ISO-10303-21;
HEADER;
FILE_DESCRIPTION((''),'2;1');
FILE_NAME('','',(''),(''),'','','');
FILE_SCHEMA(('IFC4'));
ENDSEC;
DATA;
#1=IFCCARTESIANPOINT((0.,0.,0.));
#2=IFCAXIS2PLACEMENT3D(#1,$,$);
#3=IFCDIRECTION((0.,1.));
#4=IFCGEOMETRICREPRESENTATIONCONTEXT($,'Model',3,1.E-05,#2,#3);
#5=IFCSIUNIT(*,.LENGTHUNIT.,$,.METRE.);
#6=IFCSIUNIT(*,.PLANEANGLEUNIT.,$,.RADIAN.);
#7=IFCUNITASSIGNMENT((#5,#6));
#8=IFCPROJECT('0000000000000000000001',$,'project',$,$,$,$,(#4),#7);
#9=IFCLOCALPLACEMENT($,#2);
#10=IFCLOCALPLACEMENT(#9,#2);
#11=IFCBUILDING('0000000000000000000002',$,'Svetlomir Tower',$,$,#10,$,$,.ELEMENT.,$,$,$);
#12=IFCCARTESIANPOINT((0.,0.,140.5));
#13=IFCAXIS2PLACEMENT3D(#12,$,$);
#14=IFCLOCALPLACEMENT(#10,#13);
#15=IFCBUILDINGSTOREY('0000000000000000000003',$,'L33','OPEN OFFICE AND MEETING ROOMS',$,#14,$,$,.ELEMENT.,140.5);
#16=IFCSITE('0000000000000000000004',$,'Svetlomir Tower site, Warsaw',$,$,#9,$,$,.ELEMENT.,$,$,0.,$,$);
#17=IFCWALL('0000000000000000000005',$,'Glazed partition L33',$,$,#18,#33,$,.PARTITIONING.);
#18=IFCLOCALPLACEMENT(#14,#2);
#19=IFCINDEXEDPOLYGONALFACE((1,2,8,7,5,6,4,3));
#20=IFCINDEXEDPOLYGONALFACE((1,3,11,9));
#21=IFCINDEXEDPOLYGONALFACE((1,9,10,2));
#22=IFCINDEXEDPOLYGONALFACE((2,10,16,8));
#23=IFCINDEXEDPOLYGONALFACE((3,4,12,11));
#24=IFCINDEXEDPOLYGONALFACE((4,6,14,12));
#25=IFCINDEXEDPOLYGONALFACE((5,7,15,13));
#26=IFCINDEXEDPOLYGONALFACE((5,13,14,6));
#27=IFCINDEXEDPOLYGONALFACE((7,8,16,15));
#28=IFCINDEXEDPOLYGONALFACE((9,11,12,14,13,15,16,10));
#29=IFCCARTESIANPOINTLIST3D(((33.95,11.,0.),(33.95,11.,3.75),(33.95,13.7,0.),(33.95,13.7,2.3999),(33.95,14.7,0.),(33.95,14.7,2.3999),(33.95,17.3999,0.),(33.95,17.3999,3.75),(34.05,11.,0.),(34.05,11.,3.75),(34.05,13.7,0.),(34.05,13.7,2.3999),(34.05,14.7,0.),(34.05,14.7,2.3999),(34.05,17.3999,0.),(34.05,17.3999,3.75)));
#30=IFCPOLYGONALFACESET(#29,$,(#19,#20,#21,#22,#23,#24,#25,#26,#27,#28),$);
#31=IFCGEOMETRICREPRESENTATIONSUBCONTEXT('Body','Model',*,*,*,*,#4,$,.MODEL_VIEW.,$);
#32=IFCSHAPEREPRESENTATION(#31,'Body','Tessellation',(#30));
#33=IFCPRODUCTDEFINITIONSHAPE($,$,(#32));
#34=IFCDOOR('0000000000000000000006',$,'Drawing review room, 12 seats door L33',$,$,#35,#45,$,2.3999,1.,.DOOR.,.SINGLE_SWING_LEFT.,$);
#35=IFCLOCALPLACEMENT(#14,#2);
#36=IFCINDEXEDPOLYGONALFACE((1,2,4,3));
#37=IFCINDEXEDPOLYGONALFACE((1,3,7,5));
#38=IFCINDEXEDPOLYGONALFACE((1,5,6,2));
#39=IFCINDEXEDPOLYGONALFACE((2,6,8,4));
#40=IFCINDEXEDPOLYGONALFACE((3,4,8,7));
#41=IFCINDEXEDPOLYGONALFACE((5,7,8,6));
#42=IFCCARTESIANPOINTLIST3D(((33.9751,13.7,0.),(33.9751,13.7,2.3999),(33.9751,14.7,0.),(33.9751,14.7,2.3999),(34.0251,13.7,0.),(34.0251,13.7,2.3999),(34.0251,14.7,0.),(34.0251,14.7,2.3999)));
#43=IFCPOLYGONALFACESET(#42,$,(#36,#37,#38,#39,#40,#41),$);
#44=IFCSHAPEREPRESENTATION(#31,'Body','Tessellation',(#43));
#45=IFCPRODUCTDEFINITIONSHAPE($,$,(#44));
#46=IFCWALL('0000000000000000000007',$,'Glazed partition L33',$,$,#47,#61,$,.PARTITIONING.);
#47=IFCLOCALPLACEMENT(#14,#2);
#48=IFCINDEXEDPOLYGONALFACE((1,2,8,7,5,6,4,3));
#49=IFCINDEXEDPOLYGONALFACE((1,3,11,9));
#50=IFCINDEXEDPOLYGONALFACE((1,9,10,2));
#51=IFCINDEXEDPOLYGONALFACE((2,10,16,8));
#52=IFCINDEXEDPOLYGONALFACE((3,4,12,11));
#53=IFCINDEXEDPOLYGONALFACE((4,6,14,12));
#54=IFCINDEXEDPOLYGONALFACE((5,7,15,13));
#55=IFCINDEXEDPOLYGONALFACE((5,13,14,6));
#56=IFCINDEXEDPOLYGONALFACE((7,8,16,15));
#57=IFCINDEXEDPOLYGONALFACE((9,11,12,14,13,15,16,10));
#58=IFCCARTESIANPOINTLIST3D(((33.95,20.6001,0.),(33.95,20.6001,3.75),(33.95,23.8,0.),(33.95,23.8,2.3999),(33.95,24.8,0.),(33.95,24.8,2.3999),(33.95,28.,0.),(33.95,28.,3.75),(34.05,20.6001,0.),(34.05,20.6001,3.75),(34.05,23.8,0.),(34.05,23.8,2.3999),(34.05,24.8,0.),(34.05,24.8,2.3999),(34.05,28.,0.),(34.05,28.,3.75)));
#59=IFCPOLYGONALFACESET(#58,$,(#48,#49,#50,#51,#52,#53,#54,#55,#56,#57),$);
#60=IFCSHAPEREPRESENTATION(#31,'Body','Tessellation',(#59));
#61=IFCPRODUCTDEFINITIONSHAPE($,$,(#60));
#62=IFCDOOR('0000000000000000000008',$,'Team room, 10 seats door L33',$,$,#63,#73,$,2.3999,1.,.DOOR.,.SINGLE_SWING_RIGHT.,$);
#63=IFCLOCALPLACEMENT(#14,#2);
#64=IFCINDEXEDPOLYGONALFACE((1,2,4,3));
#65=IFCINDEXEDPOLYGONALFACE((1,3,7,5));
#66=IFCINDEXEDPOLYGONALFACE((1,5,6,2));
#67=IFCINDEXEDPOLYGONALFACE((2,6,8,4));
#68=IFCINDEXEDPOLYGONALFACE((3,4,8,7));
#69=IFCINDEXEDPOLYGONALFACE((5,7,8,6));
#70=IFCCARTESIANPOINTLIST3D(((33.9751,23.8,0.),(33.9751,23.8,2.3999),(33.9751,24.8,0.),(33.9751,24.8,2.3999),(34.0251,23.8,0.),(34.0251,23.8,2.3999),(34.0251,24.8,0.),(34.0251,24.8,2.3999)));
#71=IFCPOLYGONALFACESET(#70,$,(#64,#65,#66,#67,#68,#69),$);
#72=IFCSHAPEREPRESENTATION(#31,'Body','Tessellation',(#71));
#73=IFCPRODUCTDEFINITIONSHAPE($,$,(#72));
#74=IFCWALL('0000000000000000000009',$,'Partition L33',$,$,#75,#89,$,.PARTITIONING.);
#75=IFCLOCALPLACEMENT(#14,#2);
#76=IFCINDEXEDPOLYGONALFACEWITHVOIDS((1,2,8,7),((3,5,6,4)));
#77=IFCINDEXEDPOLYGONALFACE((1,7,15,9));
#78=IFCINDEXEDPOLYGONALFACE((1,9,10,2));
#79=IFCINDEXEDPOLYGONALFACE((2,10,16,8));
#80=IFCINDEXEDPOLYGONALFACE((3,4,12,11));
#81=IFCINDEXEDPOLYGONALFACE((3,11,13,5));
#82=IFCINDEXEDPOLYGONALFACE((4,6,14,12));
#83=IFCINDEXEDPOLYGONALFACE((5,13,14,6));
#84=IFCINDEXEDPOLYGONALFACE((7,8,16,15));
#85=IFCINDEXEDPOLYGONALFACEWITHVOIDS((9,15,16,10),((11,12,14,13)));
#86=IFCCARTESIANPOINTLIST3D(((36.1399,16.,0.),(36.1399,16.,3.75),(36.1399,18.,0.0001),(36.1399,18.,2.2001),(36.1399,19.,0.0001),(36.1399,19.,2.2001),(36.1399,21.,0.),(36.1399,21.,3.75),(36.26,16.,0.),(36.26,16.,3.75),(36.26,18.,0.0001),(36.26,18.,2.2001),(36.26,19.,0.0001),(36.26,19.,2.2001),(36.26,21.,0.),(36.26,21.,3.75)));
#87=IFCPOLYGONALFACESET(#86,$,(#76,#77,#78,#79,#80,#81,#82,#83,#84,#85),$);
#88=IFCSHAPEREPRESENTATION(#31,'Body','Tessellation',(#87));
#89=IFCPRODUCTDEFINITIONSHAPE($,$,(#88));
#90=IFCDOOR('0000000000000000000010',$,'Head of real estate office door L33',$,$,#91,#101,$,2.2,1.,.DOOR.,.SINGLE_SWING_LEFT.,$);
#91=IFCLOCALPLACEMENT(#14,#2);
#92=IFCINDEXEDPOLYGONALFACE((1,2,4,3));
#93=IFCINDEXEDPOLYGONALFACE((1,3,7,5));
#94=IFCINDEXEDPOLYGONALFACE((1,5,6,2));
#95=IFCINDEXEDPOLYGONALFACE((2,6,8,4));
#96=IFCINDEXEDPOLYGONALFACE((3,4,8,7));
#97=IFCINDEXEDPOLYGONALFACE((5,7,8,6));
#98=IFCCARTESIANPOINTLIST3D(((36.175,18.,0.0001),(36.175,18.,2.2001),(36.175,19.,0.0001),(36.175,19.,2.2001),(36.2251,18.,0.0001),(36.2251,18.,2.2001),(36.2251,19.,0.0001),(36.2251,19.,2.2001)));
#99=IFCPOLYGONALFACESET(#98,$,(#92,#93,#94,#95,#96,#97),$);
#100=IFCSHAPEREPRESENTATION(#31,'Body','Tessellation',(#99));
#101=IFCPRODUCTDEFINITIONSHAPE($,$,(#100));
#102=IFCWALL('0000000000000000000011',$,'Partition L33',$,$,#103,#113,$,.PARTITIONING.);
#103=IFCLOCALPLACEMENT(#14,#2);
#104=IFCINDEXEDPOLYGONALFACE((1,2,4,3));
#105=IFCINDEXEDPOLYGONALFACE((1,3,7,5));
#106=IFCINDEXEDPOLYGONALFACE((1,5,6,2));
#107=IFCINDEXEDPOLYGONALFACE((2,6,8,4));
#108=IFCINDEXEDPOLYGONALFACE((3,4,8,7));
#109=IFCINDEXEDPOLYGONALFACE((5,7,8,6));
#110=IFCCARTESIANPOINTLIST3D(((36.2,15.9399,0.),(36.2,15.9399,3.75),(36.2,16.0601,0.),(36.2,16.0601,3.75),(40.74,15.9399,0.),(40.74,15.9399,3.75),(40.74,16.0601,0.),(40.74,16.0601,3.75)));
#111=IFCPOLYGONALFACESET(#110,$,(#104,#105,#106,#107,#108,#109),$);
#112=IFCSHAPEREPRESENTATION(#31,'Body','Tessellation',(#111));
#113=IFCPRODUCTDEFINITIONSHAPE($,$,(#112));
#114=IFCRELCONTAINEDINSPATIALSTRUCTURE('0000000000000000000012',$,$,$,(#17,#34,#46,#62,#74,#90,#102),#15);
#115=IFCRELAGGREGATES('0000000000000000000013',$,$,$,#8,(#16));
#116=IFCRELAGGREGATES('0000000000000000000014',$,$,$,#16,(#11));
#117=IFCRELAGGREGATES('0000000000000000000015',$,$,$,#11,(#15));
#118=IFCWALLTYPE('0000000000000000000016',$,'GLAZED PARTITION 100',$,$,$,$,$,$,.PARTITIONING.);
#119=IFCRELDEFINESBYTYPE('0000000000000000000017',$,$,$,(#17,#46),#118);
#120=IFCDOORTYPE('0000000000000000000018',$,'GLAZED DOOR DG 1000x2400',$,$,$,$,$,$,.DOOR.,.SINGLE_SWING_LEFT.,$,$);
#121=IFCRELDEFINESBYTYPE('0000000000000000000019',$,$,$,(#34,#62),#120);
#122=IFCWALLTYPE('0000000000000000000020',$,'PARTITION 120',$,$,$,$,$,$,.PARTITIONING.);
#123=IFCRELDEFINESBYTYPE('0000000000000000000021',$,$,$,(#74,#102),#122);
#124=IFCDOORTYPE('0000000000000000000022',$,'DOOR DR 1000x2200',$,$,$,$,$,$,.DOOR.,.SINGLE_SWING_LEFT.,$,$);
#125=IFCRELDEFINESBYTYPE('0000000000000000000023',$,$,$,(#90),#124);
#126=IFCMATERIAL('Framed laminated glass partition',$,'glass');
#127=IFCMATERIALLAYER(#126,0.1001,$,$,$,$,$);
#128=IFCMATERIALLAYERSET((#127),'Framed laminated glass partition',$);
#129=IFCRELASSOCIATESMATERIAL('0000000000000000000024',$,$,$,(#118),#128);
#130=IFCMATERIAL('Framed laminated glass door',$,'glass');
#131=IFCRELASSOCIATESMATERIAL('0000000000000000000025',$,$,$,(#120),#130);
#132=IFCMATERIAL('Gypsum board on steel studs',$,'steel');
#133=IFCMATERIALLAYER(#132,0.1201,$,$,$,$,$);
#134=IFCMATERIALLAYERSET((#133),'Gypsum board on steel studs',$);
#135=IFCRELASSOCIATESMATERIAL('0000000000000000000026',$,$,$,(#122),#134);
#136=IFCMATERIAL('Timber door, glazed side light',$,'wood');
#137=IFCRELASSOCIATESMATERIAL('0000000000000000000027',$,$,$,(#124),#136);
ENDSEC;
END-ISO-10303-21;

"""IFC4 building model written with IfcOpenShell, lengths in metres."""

from ifc_helpers import new_model, si_unit, direction, frame, frame_2d, origin, place, context, subcontext, project, spatial, rectangle, extrude, material, layer, layer_set, type_object, element, fill, save


model = new_model("IFC4")

# Units and contexts
model_context = context("Model", 3, precision=1e-05, world=origin(), true_north=direction((0.0, 1.0)))
body_context = subcontext(model_context, "Body", "Model", "MODEL_VIEW")
ifc_project = project(units=[si_unit("LENGTHUNIT", "METRE"), si_unit("PLANEANGLEUNIT", "RADIAN")], contexts=[model_context])

# Site, building, storey
site_placement = place(None, origin())
site = spatial("IfcSite", under=ifc_project, at=site_placement, Name="Svetlomir Tower site, Warsaw", CompositionType="ELEMENT", RefElevation=0.0)
building_placement = place(site_placement, origin())
building = spatial("IfcBuilding", under=site, at=building_placement, Name="Svetlomir Tower", CompositionType="ELEMENT")
storey_placement = place(building_placement, frame((0.0, 0.0, 140.5)))
storey = spatial("IfcBuildingStorey", under=building, at=storey_placement, Name="L33", Description="OPEN OFFICE AND MEETING ROOMS", CompositionType="ELEMENT", Elevation=140.5)

# Shared definitions
ifc_material_1 = material(Name="Framed laminated glass partition", Category="glass")
ifc_layer_1 = layer(ifc_material_1, 0.1001)
ifc_layer_set_1 = layer_set([ifc_layer_1], Name="Framed laminated glass partition")
wall_type_1 = type_object("IfcWallType", Name="GLAZED PARTITION 100", PredefinedType="PARTITIONING", material=ifc_layer_set_1)

# Walls, openings, doors
wall_1_placement = place(storey_placement, frame((34.0, 11.0, 0.0), z_axis=(0.0, 0.0, 1.0), x_axis=(0.0, 1.0, 0.0)))
wall_1 = element("IfcWall", 1, at=wall_1_placement, inside=storey, type_object=wall_type_1, Name="Glazed partition L33", PredefinedType="PARTITIONING", context=body_context, shape_type="SweptSolid", body=[
    extrude(rectangle(XDim=6.3999, YDim=0.1001, at=frame_2d((3.2, 0.0))), origin(), (0.0, 0.0, 1.0), 3.75),
])
opening_1_placement = place(wall_1_placement, frame((2.7, 0.0, 0.0)))
opening_1 = element("IfcOpeningElement", 2, at=opening_1_placement, cuts=wall_1, PredefinedType="OPENING", context=body_context, shape_type="SweptSolid", body=[
    extrude(rectangle(XDim=1.0, YDim=2.3999, at=frame_2d((0.5, 1.2))), frame((0.0, 0.0601, 0.0), z_axis=(0.0, -1.0, 0.0), x_axis=(1.0, 0.0, 0.0)), (0.0, 0.0, 1.0), 0.1201),
])
ifc_material_2 = material(Name="Framed laminated glass door", Category="glass")
door_type_1 = type_object("IfcDoorType", Name="GLAZED DOOR DG 1000x2400", OperationType="SINGLE_SWING_LEFT", PredefinedType="DOOR", material=ifc_material_2)
door_1_placement = place(opening_1_placement, origin())
door_1 = element("IfcDoor", 3, at=door_1_placement, inside=storey, type_object=door_type_1, Name="Drawing review room, 12 seats door L33", OperationType="SINGLE_SWING_LEFT", OverallHeight=2.3999, OverallWidth=1.0, PredefinedType="DOOR", context=body_context, shape_type="SweptSolid", body=[
    extrude(rectangle(XDim=1.0, YDim=2.3999, at=frame_2d((0.5, 1.2))), frame((0.0, 0.0249, 0.0), z_axis=(0.0, -1.0, 0.0), x_axis=(1.0, 0.0, 0.0)), (0.0, 0.0, 1.0), 0.05),
])
fill(opening_1, door_1)
wall_2_placement = place(storey_placement, frame((34.0, 20.6001, 0.0), z_axis=(0.0, 0.0, 1.0), x_axis=(0.0, 1.0, 0.0)))
wall_2 = element("IfcWall", 4, at=wall_2_placement, inside=storey, type_object=wall_type_1, Name="Glazed partition L33", PredefinedType="PARTITIONING", context=body_context, shape_type="SweptSolid", body=[
    extrude(rectangle(XDim=7.3999, YDim=0.1001, at=frame_2d((3.7, 0.0))), origin(), (0.0, 0.0, 1.0), 3.75),
])
opening_2_placement = place(wall_2_placement, frame((3.2, 0.0, 0.0)))
opening_2 = element("IfcOpeningElement", 5, at=opening_2_placement, cuts=wall_2, PredefinedType="OPENING", context=body_context, shape_type="SweptSolid", body=[
    extrude(rectangle(XDim=1.0, YDim=2.3999, at=frame_2d((0.5, 1.2))), frame((0.0, 0.0601, 0.0), z_axis=(0.0, -1.0, 0.0), x_axis=(1.0, 0.0, 0.0)), (0.0, 0.0, 1.0), 0.1201),
])
door_2_placement = place(opening_2_placement, origin())
door_2 = element("IfcDoor", 6, at=door_2_placement, inside=storey, type_object=door_type_1, Name="Team room, 10 seats door L33", OperationType="SINGLE_SWING_RIGHT", OverallHeight=2.3999, OverallWidth=1.0, PredefinedType="DOOR", context=body_context, shape_type="SweptSolid", body=[
    extrude(rectangle(XDim=1.0, YDim=2.3999, at=frame_2d((0.5, 1.2))), frame((0.0, 0.0249, 0.0), z_axis=(0.0, -1.0, 0.0), x_axis=(1.0, 0.0, 0.0)), (0.0, 0.0, 1.0), 0.05),
])
fill(opening_2, door_2)
ifc_material_3 = material(Name="Gypsum board on steel studs", Category="steel")
ifc_layer_2 = layer(ifc_material_3, 0.1201)
ifc_layer_set_2 = layer_set([ifc_layer_2], Name="Gypsum board on steel studs")
wall_type_2 = type_object("IfcWallType", Name="PARTITION 120", PredefinedType="PARTITIONING", material=ifc_layer_set_2)
wall_3_placement = place(storey_placement, frame((36.2, 16.0, 0.0), z_axis=(0.0, 0.0, 1.0), x_axis=(0.0, 1.0, 0.0)))
wall_3 = element("IfcWall", 7, at=wall_3_placement, inside=storey, type_object=wall_type_2, Name="Partition L33", PredefinedType="PARTITIONING", context=body_context, shape_type="SweptSolid", body=[
    extrude(rectangle(XDim=5.0, YDim=0.1201, at=frame_2d((2.5, 0.0))), origin(), (0.0, 0.0, 1.0), 3.75),
])
opening_3_placement = place(wall_3_placement, frame((2.0, 0.0, 0.0)))
opening_3 = element("IfcOpeningElement", 8, at=opening_3_placement, cuts=wall_3, PredefinedType="OPENING", context=body_context, shape_type="SweptSolid", body=[
    extrude(rectangle(XDim=1.0, YDim=2.2, at=frame_2d((0.5, 1.1001))), frame((0.0, 0.0701, 0.0), z_axis=(0.0, -1.0, 0.0), x_axis=(1.0, 0.0, 0.0)), (0.0, 0.0, 1.0), 0.1401),
])
ifc_material_4 = material(Name="Timber door, glazed side light", Category="wood")
door_type_2 = type_object("IfcDoorType", Name="DOOR DR 1000x2200", OperationType="SINGLE_SWING_LEFT", PredefinedType="DOOR", material=ifc_material_4)
door_3_placement = place(opening_3_placement, origin())
door_3 = element("IfcDoor", 9, at=door_3_placement, inside=storey, type_object=door_type_2, Name="Head of real estate office door L33", OperationType="SINGLE_SWING_LEFT", OverallHeight=2.2, OverallWidth=1.0, PredefinedType="DOOR", context=body_context, shape_type="SweptSolid", body=[
    extrude(rectangle(XDim=1.0, YDim=2.2, at=frame_2d((0.5, 1.1001))), frame((0.0, 0.0249, 0.0), z_axis=(0.0, -1.0, 0.0), x_axis=(1.0, 0.0, 0.0)), (0.0, 0.0, 1.0), 0.05),
])
fill(opening_3, door_3)

# Wall
wall_4_placement = place(storey_placement, frame((36.2, 16.0, 0.0), z_axis=(0.0, 0.0, 1.0), x_axis=(1.0, 0.0, 0.0)))
element("IfcWall", 10, at=wall_4_placement, inside=storey, type_object=wall_type_2, Name="Partition L33", PredefinedType="PARTITIONING", context=body_context, shape_type="SweptSolid", body=[
    extrude(rectangle(XDim=4.54, YDim=0.1201, at=frame_2d((2.27, 0.0))), origin(), (0.0, 0.0, 1.0), 3.75),
])

save(model, "model.ifc")
